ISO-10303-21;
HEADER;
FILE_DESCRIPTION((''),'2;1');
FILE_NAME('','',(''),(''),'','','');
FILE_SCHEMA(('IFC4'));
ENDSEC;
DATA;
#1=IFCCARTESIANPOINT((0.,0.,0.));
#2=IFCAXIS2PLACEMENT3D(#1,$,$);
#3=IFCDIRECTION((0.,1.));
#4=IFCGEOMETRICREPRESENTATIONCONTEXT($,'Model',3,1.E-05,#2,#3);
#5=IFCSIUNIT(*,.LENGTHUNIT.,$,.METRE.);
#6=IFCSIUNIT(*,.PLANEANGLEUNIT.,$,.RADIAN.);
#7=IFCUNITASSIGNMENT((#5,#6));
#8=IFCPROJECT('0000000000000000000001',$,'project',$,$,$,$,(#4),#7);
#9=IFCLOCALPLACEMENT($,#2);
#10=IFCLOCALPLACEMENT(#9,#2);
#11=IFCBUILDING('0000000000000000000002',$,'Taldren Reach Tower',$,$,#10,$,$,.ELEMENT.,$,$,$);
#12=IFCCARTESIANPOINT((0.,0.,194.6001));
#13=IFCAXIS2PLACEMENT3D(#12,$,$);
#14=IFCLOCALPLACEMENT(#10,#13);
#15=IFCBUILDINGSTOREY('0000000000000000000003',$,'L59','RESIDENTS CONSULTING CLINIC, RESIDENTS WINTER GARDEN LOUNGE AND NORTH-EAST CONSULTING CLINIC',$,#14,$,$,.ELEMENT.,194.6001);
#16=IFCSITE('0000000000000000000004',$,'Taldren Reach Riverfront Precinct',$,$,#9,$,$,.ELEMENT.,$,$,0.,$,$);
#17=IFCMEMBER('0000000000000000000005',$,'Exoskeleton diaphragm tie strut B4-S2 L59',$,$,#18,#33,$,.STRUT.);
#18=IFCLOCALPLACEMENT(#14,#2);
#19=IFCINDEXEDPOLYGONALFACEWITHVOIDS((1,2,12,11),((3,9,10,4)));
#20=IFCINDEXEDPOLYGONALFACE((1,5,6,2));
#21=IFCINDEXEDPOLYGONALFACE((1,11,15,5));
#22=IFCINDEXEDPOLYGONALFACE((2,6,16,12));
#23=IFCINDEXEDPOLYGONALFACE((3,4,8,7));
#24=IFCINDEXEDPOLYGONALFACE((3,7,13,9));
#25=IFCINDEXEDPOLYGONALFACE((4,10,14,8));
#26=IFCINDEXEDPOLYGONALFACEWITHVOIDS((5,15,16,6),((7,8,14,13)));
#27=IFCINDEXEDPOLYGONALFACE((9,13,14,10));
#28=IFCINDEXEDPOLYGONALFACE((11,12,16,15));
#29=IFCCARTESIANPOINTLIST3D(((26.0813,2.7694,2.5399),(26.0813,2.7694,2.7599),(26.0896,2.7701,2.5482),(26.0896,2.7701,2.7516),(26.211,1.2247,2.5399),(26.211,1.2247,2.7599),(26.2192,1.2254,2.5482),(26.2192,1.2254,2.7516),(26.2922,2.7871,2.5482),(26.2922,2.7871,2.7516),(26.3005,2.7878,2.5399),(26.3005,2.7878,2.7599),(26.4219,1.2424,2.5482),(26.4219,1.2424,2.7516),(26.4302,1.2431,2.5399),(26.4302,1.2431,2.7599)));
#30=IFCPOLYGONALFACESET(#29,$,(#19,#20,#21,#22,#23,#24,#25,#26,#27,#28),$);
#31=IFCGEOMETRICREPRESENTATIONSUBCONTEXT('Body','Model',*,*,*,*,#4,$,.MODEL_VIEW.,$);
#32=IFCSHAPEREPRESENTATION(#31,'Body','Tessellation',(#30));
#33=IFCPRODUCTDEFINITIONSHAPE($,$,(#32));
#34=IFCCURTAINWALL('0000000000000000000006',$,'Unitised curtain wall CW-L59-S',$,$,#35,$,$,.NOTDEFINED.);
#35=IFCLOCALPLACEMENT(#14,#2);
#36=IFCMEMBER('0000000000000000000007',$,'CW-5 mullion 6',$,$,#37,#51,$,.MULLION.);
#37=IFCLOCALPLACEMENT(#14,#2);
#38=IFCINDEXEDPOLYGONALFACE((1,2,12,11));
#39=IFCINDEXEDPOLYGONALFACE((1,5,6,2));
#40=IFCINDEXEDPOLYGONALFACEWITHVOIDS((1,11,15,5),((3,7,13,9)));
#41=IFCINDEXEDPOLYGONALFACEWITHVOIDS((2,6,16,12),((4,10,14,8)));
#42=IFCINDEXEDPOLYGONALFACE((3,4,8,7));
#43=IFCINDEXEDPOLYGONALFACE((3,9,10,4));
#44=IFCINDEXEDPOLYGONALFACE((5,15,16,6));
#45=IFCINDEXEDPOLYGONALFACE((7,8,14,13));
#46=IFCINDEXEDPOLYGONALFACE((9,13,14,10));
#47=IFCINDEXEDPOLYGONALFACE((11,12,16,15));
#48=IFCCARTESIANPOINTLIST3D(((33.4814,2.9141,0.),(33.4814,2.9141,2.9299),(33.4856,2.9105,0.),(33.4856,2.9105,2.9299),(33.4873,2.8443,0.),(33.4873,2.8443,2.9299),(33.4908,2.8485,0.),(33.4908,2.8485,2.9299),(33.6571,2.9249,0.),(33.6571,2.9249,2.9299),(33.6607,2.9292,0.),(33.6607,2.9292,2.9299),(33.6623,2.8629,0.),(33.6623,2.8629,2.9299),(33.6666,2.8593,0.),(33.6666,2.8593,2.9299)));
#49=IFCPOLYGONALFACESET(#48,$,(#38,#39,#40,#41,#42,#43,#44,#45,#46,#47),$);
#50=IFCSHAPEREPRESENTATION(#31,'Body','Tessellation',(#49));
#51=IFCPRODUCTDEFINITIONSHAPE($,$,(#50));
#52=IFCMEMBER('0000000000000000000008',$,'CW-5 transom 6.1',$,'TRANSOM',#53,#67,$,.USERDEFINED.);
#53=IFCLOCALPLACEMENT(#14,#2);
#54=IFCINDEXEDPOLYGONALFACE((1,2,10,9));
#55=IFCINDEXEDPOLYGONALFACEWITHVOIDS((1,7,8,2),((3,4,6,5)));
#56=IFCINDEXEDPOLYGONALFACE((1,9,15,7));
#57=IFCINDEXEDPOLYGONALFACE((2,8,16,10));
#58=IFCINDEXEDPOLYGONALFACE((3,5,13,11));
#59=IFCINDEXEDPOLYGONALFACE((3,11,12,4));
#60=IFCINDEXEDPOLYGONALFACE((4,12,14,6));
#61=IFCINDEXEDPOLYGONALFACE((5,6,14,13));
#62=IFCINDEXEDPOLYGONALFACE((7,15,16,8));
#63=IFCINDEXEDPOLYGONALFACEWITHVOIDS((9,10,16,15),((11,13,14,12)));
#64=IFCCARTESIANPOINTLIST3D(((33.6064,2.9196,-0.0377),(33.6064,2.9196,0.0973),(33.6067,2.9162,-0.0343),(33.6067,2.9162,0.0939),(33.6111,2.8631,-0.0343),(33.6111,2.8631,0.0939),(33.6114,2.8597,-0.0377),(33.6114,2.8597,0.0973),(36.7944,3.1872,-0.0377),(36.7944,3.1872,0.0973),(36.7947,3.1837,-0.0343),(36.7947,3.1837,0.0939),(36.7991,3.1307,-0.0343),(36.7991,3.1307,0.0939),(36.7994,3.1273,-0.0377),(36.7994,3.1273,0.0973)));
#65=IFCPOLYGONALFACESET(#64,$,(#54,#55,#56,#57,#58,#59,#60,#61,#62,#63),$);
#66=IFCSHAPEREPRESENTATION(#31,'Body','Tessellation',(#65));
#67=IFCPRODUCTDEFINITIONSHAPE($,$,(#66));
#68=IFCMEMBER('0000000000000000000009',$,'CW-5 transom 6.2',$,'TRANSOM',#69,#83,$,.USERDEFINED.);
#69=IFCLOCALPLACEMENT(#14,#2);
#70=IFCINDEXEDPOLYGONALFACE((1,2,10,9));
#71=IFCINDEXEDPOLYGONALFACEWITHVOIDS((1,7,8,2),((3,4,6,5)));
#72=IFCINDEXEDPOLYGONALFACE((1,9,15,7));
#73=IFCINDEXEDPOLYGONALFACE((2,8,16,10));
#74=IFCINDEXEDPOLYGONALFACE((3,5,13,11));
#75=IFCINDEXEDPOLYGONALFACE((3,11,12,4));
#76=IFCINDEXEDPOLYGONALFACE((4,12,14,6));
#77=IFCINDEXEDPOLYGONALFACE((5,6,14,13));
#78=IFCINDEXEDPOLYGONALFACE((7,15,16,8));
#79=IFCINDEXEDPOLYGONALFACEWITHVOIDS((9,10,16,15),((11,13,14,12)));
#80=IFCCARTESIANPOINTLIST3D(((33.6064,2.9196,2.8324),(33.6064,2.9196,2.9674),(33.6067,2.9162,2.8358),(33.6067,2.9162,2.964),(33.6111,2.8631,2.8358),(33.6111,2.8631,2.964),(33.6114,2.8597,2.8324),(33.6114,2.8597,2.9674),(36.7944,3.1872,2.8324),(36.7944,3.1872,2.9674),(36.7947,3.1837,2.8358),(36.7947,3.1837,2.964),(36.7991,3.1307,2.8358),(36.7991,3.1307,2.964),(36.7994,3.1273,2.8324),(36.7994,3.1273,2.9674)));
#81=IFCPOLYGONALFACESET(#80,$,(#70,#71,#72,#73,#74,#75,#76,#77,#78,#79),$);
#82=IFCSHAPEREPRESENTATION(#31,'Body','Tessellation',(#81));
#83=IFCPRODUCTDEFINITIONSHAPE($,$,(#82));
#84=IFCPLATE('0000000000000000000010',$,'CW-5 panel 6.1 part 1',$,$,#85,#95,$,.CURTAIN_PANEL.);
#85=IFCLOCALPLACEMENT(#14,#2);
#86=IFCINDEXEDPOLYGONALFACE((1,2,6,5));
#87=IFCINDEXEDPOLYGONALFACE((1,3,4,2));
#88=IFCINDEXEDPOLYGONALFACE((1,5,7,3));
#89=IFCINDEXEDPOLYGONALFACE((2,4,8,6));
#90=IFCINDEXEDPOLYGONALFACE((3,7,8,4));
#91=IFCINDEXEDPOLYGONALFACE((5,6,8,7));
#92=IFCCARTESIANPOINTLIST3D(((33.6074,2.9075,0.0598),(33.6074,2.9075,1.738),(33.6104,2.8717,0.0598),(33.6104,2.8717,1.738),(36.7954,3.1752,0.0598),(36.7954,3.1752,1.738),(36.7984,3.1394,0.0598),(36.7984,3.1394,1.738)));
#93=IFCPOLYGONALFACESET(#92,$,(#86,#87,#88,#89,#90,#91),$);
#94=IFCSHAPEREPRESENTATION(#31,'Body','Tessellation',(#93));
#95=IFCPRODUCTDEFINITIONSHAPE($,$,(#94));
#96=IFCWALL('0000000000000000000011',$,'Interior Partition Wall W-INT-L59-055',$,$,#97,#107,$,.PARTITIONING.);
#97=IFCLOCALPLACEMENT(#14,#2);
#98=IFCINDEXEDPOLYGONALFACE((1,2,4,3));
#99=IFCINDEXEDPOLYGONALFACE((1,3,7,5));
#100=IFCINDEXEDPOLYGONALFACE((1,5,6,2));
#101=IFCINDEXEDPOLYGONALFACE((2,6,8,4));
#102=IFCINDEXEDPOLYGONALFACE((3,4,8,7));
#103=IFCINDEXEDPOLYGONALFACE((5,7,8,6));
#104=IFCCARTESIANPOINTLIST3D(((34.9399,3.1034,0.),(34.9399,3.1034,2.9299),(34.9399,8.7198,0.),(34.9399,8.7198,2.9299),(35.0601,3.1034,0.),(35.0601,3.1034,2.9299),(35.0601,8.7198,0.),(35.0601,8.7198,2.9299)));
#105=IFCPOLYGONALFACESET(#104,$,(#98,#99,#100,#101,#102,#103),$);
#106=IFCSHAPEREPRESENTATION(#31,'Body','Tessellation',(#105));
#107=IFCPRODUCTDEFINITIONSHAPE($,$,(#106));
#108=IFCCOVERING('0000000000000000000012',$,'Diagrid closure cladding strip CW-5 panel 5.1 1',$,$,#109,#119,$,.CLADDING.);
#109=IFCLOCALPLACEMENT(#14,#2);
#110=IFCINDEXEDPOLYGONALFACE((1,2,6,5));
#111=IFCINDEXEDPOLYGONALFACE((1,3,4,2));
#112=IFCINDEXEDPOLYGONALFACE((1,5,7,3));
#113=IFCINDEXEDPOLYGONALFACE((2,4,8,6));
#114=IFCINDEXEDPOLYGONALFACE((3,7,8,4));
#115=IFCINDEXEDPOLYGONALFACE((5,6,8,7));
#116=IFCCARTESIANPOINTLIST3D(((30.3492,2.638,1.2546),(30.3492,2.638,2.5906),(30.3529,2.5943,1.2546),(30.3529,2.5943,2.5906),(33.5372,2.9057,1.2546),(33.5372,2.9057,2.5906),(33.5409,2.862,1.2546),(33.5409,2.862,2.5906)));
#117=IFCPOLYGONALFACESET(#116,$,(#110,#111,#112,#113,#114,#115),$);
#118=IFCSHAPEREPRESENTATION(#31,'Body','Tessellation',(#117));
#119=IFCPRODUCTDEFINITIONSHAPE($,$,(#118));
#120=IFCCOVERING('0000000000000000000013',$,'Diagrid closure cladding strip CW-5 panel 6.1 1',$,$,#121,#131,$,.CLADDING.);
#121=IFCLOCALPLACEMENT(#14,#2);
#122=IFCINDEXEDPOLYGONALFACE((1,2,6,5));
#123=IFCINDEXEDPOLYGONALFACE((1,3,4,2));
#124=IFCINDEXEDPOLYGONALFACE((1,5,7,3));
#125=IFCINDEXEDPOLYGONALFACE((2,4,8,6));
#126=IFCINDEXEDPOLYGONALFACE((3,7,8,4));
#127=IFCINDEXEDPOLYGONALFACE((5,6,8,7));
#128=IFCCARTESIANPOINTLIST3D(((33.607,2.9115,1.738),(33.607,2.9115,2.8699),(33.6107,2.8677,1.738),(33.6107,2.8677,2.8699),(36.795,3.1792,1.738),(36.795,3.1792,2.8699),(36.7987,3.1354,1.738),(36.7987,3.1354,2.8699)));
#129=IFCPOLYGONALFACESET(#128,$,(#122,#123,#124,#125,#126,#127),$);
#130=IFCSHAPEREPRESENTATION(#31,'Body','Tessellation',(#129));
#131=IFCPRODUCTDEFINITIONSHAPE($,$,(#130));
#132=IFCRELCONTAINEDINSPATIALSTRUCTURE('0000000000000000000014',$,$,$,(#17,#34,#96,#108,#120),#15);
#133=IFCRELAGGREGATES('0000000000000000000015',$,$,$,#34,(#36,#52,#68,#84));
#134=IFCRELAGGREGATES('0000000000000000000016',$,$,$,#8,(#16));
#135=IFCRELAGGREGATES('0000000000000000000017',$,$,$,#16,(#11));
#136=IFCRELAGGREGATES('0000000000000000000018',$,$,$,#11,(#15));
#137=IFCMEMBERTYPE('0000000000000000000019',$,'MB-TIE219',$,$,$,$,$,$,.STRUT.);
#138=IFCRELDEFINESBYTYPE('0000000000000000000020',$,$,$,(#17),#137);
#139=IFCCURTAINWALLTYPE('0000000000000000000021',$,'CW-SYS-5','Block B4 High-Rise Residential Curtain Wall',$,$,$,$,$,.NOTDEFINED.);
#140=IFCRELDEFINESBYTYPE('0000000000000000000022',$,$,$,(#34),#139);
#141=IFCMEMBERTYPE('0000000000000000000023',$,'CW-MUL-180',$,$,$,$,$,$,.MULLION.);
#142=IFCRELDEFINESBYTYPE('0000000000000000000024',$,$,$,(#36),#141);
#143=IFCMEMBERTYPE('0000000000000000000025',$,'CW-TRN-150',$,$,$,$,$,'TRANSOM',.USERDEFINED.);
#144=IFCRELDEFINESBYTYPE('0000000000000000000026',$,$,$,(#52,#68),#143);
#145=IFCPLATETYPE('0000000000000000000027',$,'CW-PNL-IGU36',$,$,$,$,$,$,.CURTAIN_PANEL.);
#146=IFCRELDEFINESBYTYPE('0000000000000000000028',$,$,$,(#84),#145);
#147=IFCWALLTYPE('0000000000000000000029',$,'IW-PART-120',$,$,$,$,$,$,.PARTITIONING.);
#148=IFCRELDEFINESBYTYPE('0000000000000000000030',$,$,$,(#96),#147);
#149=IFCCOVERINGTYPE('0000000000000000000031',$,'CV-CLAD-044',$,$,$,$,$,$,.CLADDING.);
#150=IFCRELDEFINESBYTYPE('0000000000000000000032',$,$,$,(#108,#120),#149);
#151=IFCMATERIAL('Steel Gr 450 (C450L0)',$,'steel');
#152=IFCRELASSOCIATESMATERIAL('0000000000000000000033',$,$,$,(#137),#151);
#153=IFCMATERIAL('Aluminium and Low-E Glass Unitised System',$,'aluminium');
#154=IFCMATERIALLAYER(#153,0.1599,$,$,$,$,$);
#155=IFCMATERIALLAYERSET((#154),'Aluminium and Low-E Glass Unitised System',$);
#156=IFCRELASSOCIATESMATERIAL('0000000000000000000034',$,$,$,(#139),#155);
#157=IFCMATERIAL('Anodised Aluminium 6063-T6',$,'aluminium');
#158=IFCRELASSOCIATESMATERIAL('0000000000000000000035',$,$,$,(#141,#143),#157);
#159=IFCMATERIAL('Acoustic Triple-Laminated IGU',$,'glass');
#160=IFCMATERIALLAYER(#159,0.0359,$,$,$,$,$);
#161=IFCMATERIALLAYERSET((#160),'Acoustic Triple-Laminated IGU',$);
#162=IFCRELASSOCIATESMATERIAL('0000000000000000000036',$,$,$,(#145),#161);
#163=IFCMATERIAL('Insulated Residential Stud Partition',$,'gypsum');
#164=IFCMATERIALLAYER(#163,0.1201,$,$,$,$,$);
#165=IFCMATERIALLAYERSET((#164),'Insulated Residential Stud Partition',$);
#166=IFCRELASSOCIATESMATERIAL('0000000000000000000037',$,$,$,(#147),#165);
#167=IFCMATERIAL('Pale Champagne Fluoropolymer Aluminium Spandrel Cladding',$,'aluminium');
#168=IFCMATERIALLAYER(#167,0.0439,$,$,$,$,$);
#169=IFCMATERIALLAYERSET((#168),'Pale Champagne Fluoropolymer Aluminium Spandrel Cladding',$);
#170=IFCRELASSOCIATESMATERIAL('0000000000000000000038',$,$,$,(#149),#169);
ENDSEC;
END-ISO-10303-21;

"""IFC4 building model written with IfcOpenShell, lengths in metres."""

from ifc_helpers import new_model, si_unit, direction, frame, frame_2d, origin, origin_2d, place, context, subcontext, project, spatial, rectangle, hollow_rectangle, extrude, source, transform, mapped, material, layer, layer_set, material_profile, profile_set, type_object, element, aggregate, save


model = new_model("IFC4")

# Units and contexts
model_context = context("Model", 3, precision=1e-05, world=origin(), true_north=direction((0.0, 1.0)))
body_context = subcontext(model_context, "Body", "Model", "MODEL_VIEW")
ifc_project = project(units=[si_unit("LENGTHUNIT", "METRE"), si_unit("PLANEANGLEUNIT", "RADIAN")], contexts=[model_context])

# Site, building, storey
site_placement = place(None, origin())
site = spatial("IfcSite", under=ifc_project, at=site_placement, Name="Taldren Reach Riverfront Precinct", CompositionType="ELEMENT", RefElevation=0.0)
building_placement = place(site_placement, origin())
building = spatial("IfcBuilding", under=site, at=building_placement, Name="Taldren Reach Tower", CompositionType="ELEMENT")
storey_placement = place(building_placement, frame((0.0, 0.0, 194.6001)))
storey = spatial("IfcBuildingStorey", under=building, at=storey_placement, Name="L59", Description="RESIDENTS CONSULTING CLINIC, RESIDENTS WINTER GARDEN LOUNGE AND NORTH-EAST CONSULTING CLINIC", CompositionType="ELEMENT", Elevation=194.6001)

# Member
ifc_material_1 = material(Name="Steel Gr 450 (C450L0)", Category="steel")
ifc_material_profile_1 = material_profile(ifc_material_1, hollow_rectangle(XDim=0.22, YDim=0.22, WallThickness=0.0083, at=origin_2d()), Name="220x220x8.2SHS")
ifc_profile_set_1 = profile_set([ifc_material_profile_1], Name="Steel Gr 450 (C450L0)")
member_type_1 = type_object("IfcMemberType", Name="MB-TIE219", PredefinedType="STRUT", material=ifc_profile_set_1)
shared_shape_1 = source(origin(), body_context, "Body", "SweptSolid", [
    extrude(hollow_rectangle(XDim=0.22, YDim=0.22, WallThickness=0.0083, at=origin_2d()), origin(), (0.0, 0.0, 1.0), 1.55),
])
member_1_placement = place(storey_placement, frame((26.1909, 2.7786, 2.6499), z_axis=(0.083632, -0.996497, 0.0), x_axis=(0.996497, 0.083632, 0.0)))
element("IfcMember", 1, at=member_1_placement, inside=storey, type_object=member_type_1, Name="Exoskeleton diaphragm tie strut B4-S2 L59", PredefinedType="STRUT", context=body_context, shape_type="MappedRepresentation", body=[
    mapped(shared_shape_1, transform((0.0, 0.0, 0.0), scale=1.0)),
])

# Curtain wall, members, plate
ifc_material_2 = material(Name="Aluminium and Low-E Glass Unitised System", Category="aluminium")
ifc_layer_1 = layer(ifc_material_2, 0.1599)
ifc_layer_set_1 = layer_set([ifc_layer_1], Name="Aluminium and Low-E Glass Unitised System")
curtain_wall_type = type_object("IfcCurtainWallType", Name="CW-SYS-5", Description="Block B4 High-Rise Residential Curtain Wall", PredefinedType="NOTDEFINED", material=ifc_layer_set_1)
curtain_wall_placement = place(storey_placement, origin())
curtain_wall = element("IfcCurtainWall", 2, at=curtain_wall_placement, inside=storey, type_object=curtain_wall_type, Name="Unitised curtain wall CW-L59-S", PredefinedType="NOTDEFINED")
ifc_material_3 = material(Name="Anodised Aluminium 6063-T6", Category="aluminium")
ifc_material_profile_2 = material_profile(ifc_material_3, hollow_rectangle(XDim=0.0701, YDim=0.1799, WallThickness=0.0039, at=origin_2d()), Name="ALU-180x70x4RHS")
ifc_profile_set_2 = profile_set([ifc_material_profile_2], Name="Anodised Aluminium 6063-T6")
member_type_2 = type_object("IfcMemberType", Name="CW-MUL-180", PredefinedType="MULLION", material=ifc_profile_set_2)
shared_shape_2 = source(origin(), body_context, "Body", "SweptSolid", [
    extrude(hollow_rectangle(XDim=0.0701, YDim=0.1799, WallThickness=0.0039, at=origin_2d()), origin(), (0.0, 0.0, 1.0), 2.9299),
])
member_2_placement = place(storey_placement, frame((33.574, 2.8867, 0.0), z_axis=(0.0, 0.0, 1.0), x_axis=(-0.083678, 0.996493, 0.0)))
member_2 = element("IfcMember", 3, at=member_2_placement, type_object=member_type_2, Name="CW-5 mullion 6", PredefinedType="MULLION", context=body_context, shape_type="MappedRepresentation", body=[
    mapped(shared_shape_2, transform((0.0, 0.0, 0.0), scale=1.0)),
])
ifc_material_profile_3 = material_profile(ifc_material_3, hollow_rectangle(XDim=0.0601, YDim=0.135, WallThickness=0.0034, at=origin_2d()), Name="ALU-135x60x3.5RHS")
ifc_profile_set_3 = profile_set([ifc_material_profile_3], Name="Anodised Aluminium 6063-T6")
member_type_3 = type_object("IfcMemberType", Name="CW-TRN-150", ElementType="TRANSOM", PredefinedType="USERDEFINED", material=ifc_profile_set_3)
shared_shape_3 = source(origin(), body_context, "Body", "SweptSolid", [
    extrude(hollow_rectangle(XDim=0.0601, YDim=0.135, WallThickness=0.0034, at=origin_2d()), origin(), (0.0, 0.0, 1.0), 3.1992),
])
member_3_placement = place(storey_placement, frame((33.6089, 2.8896, 0.0298), z_axis=(0.996496, 0.083639, 0.0), x_axis=(-0.083639, 0.996496, 0.0)))
member_3 = element("IfcMember", 4, at=member_3_placement, type_object=member_type_3, Name="CW-5 transom 6.1", ObjectType="TRANSOM", PredefinedType="USERDEFINED", context=body_context, shape_type="MappedRepresentation", body=[
    mapped(shared_shape_3, transform((0.0, 0.0, 0.0), scale=1.0)),
])
member_4_placement = place(storey_placement, frame((33.6089, 2.8896, 2.8999), z_axis=(0.996496, 0.083639, 0.0), x_axis=(-0.083639, 0.996496, 0.0)))
member_4 = element("IfcMember", 5, at=member_4_placement, type_object=member_type_3, Name="CW-5 transom 6.2", ObjectType="TRANSOM", PredefinedType="USERDEFINED", context=body_context, shape_type="MappedRepresentation", body=[
    mapped(shared_shape_3, transform((0.0, 0.0, 0.0), scale=1.0)),
])
ifc_material_4 = material(Name="Acoustic Triple-Laminated IGU", Category="glass")
ifc_layer_2 = layer(ifc_material_4, 0.0359)
ifc_layer_set_2 = layer_set([ifc_layer_2], Name="Acoustic Triple-Laminated IGU")
plate_type = type_object("IfcPlateType", Name="CW-PNL-IGU36", PredefinedType="CURTAIN_PANEL", material=ifc_layer_set_2)
shared_shape_4 = source(origin(), body_context, "Body", "SweptSolid", [
    extrude(rectangle(XDim=3.1992, YDim=0.0359, at=origin_2d()), origin(), (0.0, 0.0, 1.0), 1.6782),
])
plate_placement = place(storey_placement, frame((35.2029, 3.0234, 0.0598), z_axis=(0.0, 0.0, 1.0), x_axis=(0.996493, 0.083678, 0.0)))
plate = element("IfcPlate", 6, at=plate_placement, type_object=plate_type, Name="CW-5 panel 6.1 part 1", PredefinedType="CURTAIN_PANEL", context=body_context, shape_type="MappedRepresentation", body=[
    mapped(shared_shape_4, transform((0.0, 0.0, 0.0), scale=1.0)),
])
aggregate(curtain_wall, [member_2, member_3, member_4, plate])

# Wall
ifc_material_5 = material(Name="Insulated Residential Stud Partition", Category="gypsum")
ifc_layer_3 = layer(ifc_material_5, 0.1201)
ifc_layer_set_3 = layer_set([ifc_layer_3], Name="Insulated Residential Stud Partition")
wall_type = type_object("IfcWallType", Name="IW-PART-120", PredefinedType="PARTITIONING", material=ifc_layer_set_3)
shared_shape_5 = source(origin(), body_context, "Body", "SweptSolid", [
    extrude(rectangle(XDim=5.6165, YDim=0.1201, at=frame_2d((2.8081, 0.0))), origin(), (0.0, 0.0, 1.0), 2.9299),
])
wall_placement = place(storey_placement, frame((35.0, 3.1035, 0.0), z_axis=(0.0, 0.0, 1.0), x_axis=(0.0, 1.0, 0.0)))
element("IfcWall", 7, at=wall_placement, inside=storey, type_object=wall_type, Name="Interior Partition Wall W-INT-L59-055", PredefinedType="PARTITIONING", context=body_context, shape_type="MappedRepresentation", body=[
    mapped(shared_shape_5, transform((0.0, 0.0, 0.0), scale=1.0)),
])

# Coverings
ifc_material_6 = material(Name="Pale Champagne Fluoropolymer Aluminium Spandrel Cladding", Category="aluminium")
ifc_layer_4 = layer(ifc_material_6, 0.0439)
ifc_layer_set_4 = layer_set([ifc_layer_4], Name="Pale Champagne Fluoropolymer Aluminium Spandrel Cladding")
covering_type = type_object("IfcCoveringType", Name="CV-CLAD-044", PredefinedType="CLADDING", material=ifc_layer_set_4)
shared_shape_6 = source(origin(), body_context, "Body", "SweptSolid", [
    extrude(rectangle(XDim=3.1992, YDim=0.0439, at=origin_2d()), origin(), (0.0, 0.0, 1.0), 1.3359),
])
covering_1_placement = place(storey_placement, frame((31.9451, 2.75, 1.2546), z_axis=(0.0, 0.0, 1.0), x_axis=(0.996493, 0.083678, 0.0)))
element("IfcCovering", 8, at=covering_1_placement, inside=storey, type_object=covering_type, Name="Diagrid closure cladding strip CW-5 panel 5.1 1", PredefinedType="CLADDING", context=body_context, shape_type="MappedRepresentation", body=[
    mapped(shared_shape_6, transform((0.0, 0.0, 0.0), scale=1.0)),
])
shared_shape_7 = source(origin(), body_context, "Body", "SweptSolid", [
    extrude(rectangle(XDim=3.1992, YDim=0.0439, at=origin_2d()), origin(), (0.0, 0.0, 1.0), 1.1318),
])
covering_2_placement = place(storey_placement, frame((35.2029, 3.0234, 1.738), z_axis=(0.0, 0.0, 1.0), x_axis=(0.996493, 0.083678, 0.0)))
element("IfcCovering", 9, at=covering_2_placement, inside=storey, type_object=covering_type, Name="Diagrid closure cladding strip CW-5 panel 6.1 1", PredefinedType="CLADDING", context=body_context, shape_type="MappedRepresentation", body=[
    mapped(shared_shape_7, transform((0.0, 0.0, 0.0), scale=1.0)),
])

save(model, "model.ifc")
